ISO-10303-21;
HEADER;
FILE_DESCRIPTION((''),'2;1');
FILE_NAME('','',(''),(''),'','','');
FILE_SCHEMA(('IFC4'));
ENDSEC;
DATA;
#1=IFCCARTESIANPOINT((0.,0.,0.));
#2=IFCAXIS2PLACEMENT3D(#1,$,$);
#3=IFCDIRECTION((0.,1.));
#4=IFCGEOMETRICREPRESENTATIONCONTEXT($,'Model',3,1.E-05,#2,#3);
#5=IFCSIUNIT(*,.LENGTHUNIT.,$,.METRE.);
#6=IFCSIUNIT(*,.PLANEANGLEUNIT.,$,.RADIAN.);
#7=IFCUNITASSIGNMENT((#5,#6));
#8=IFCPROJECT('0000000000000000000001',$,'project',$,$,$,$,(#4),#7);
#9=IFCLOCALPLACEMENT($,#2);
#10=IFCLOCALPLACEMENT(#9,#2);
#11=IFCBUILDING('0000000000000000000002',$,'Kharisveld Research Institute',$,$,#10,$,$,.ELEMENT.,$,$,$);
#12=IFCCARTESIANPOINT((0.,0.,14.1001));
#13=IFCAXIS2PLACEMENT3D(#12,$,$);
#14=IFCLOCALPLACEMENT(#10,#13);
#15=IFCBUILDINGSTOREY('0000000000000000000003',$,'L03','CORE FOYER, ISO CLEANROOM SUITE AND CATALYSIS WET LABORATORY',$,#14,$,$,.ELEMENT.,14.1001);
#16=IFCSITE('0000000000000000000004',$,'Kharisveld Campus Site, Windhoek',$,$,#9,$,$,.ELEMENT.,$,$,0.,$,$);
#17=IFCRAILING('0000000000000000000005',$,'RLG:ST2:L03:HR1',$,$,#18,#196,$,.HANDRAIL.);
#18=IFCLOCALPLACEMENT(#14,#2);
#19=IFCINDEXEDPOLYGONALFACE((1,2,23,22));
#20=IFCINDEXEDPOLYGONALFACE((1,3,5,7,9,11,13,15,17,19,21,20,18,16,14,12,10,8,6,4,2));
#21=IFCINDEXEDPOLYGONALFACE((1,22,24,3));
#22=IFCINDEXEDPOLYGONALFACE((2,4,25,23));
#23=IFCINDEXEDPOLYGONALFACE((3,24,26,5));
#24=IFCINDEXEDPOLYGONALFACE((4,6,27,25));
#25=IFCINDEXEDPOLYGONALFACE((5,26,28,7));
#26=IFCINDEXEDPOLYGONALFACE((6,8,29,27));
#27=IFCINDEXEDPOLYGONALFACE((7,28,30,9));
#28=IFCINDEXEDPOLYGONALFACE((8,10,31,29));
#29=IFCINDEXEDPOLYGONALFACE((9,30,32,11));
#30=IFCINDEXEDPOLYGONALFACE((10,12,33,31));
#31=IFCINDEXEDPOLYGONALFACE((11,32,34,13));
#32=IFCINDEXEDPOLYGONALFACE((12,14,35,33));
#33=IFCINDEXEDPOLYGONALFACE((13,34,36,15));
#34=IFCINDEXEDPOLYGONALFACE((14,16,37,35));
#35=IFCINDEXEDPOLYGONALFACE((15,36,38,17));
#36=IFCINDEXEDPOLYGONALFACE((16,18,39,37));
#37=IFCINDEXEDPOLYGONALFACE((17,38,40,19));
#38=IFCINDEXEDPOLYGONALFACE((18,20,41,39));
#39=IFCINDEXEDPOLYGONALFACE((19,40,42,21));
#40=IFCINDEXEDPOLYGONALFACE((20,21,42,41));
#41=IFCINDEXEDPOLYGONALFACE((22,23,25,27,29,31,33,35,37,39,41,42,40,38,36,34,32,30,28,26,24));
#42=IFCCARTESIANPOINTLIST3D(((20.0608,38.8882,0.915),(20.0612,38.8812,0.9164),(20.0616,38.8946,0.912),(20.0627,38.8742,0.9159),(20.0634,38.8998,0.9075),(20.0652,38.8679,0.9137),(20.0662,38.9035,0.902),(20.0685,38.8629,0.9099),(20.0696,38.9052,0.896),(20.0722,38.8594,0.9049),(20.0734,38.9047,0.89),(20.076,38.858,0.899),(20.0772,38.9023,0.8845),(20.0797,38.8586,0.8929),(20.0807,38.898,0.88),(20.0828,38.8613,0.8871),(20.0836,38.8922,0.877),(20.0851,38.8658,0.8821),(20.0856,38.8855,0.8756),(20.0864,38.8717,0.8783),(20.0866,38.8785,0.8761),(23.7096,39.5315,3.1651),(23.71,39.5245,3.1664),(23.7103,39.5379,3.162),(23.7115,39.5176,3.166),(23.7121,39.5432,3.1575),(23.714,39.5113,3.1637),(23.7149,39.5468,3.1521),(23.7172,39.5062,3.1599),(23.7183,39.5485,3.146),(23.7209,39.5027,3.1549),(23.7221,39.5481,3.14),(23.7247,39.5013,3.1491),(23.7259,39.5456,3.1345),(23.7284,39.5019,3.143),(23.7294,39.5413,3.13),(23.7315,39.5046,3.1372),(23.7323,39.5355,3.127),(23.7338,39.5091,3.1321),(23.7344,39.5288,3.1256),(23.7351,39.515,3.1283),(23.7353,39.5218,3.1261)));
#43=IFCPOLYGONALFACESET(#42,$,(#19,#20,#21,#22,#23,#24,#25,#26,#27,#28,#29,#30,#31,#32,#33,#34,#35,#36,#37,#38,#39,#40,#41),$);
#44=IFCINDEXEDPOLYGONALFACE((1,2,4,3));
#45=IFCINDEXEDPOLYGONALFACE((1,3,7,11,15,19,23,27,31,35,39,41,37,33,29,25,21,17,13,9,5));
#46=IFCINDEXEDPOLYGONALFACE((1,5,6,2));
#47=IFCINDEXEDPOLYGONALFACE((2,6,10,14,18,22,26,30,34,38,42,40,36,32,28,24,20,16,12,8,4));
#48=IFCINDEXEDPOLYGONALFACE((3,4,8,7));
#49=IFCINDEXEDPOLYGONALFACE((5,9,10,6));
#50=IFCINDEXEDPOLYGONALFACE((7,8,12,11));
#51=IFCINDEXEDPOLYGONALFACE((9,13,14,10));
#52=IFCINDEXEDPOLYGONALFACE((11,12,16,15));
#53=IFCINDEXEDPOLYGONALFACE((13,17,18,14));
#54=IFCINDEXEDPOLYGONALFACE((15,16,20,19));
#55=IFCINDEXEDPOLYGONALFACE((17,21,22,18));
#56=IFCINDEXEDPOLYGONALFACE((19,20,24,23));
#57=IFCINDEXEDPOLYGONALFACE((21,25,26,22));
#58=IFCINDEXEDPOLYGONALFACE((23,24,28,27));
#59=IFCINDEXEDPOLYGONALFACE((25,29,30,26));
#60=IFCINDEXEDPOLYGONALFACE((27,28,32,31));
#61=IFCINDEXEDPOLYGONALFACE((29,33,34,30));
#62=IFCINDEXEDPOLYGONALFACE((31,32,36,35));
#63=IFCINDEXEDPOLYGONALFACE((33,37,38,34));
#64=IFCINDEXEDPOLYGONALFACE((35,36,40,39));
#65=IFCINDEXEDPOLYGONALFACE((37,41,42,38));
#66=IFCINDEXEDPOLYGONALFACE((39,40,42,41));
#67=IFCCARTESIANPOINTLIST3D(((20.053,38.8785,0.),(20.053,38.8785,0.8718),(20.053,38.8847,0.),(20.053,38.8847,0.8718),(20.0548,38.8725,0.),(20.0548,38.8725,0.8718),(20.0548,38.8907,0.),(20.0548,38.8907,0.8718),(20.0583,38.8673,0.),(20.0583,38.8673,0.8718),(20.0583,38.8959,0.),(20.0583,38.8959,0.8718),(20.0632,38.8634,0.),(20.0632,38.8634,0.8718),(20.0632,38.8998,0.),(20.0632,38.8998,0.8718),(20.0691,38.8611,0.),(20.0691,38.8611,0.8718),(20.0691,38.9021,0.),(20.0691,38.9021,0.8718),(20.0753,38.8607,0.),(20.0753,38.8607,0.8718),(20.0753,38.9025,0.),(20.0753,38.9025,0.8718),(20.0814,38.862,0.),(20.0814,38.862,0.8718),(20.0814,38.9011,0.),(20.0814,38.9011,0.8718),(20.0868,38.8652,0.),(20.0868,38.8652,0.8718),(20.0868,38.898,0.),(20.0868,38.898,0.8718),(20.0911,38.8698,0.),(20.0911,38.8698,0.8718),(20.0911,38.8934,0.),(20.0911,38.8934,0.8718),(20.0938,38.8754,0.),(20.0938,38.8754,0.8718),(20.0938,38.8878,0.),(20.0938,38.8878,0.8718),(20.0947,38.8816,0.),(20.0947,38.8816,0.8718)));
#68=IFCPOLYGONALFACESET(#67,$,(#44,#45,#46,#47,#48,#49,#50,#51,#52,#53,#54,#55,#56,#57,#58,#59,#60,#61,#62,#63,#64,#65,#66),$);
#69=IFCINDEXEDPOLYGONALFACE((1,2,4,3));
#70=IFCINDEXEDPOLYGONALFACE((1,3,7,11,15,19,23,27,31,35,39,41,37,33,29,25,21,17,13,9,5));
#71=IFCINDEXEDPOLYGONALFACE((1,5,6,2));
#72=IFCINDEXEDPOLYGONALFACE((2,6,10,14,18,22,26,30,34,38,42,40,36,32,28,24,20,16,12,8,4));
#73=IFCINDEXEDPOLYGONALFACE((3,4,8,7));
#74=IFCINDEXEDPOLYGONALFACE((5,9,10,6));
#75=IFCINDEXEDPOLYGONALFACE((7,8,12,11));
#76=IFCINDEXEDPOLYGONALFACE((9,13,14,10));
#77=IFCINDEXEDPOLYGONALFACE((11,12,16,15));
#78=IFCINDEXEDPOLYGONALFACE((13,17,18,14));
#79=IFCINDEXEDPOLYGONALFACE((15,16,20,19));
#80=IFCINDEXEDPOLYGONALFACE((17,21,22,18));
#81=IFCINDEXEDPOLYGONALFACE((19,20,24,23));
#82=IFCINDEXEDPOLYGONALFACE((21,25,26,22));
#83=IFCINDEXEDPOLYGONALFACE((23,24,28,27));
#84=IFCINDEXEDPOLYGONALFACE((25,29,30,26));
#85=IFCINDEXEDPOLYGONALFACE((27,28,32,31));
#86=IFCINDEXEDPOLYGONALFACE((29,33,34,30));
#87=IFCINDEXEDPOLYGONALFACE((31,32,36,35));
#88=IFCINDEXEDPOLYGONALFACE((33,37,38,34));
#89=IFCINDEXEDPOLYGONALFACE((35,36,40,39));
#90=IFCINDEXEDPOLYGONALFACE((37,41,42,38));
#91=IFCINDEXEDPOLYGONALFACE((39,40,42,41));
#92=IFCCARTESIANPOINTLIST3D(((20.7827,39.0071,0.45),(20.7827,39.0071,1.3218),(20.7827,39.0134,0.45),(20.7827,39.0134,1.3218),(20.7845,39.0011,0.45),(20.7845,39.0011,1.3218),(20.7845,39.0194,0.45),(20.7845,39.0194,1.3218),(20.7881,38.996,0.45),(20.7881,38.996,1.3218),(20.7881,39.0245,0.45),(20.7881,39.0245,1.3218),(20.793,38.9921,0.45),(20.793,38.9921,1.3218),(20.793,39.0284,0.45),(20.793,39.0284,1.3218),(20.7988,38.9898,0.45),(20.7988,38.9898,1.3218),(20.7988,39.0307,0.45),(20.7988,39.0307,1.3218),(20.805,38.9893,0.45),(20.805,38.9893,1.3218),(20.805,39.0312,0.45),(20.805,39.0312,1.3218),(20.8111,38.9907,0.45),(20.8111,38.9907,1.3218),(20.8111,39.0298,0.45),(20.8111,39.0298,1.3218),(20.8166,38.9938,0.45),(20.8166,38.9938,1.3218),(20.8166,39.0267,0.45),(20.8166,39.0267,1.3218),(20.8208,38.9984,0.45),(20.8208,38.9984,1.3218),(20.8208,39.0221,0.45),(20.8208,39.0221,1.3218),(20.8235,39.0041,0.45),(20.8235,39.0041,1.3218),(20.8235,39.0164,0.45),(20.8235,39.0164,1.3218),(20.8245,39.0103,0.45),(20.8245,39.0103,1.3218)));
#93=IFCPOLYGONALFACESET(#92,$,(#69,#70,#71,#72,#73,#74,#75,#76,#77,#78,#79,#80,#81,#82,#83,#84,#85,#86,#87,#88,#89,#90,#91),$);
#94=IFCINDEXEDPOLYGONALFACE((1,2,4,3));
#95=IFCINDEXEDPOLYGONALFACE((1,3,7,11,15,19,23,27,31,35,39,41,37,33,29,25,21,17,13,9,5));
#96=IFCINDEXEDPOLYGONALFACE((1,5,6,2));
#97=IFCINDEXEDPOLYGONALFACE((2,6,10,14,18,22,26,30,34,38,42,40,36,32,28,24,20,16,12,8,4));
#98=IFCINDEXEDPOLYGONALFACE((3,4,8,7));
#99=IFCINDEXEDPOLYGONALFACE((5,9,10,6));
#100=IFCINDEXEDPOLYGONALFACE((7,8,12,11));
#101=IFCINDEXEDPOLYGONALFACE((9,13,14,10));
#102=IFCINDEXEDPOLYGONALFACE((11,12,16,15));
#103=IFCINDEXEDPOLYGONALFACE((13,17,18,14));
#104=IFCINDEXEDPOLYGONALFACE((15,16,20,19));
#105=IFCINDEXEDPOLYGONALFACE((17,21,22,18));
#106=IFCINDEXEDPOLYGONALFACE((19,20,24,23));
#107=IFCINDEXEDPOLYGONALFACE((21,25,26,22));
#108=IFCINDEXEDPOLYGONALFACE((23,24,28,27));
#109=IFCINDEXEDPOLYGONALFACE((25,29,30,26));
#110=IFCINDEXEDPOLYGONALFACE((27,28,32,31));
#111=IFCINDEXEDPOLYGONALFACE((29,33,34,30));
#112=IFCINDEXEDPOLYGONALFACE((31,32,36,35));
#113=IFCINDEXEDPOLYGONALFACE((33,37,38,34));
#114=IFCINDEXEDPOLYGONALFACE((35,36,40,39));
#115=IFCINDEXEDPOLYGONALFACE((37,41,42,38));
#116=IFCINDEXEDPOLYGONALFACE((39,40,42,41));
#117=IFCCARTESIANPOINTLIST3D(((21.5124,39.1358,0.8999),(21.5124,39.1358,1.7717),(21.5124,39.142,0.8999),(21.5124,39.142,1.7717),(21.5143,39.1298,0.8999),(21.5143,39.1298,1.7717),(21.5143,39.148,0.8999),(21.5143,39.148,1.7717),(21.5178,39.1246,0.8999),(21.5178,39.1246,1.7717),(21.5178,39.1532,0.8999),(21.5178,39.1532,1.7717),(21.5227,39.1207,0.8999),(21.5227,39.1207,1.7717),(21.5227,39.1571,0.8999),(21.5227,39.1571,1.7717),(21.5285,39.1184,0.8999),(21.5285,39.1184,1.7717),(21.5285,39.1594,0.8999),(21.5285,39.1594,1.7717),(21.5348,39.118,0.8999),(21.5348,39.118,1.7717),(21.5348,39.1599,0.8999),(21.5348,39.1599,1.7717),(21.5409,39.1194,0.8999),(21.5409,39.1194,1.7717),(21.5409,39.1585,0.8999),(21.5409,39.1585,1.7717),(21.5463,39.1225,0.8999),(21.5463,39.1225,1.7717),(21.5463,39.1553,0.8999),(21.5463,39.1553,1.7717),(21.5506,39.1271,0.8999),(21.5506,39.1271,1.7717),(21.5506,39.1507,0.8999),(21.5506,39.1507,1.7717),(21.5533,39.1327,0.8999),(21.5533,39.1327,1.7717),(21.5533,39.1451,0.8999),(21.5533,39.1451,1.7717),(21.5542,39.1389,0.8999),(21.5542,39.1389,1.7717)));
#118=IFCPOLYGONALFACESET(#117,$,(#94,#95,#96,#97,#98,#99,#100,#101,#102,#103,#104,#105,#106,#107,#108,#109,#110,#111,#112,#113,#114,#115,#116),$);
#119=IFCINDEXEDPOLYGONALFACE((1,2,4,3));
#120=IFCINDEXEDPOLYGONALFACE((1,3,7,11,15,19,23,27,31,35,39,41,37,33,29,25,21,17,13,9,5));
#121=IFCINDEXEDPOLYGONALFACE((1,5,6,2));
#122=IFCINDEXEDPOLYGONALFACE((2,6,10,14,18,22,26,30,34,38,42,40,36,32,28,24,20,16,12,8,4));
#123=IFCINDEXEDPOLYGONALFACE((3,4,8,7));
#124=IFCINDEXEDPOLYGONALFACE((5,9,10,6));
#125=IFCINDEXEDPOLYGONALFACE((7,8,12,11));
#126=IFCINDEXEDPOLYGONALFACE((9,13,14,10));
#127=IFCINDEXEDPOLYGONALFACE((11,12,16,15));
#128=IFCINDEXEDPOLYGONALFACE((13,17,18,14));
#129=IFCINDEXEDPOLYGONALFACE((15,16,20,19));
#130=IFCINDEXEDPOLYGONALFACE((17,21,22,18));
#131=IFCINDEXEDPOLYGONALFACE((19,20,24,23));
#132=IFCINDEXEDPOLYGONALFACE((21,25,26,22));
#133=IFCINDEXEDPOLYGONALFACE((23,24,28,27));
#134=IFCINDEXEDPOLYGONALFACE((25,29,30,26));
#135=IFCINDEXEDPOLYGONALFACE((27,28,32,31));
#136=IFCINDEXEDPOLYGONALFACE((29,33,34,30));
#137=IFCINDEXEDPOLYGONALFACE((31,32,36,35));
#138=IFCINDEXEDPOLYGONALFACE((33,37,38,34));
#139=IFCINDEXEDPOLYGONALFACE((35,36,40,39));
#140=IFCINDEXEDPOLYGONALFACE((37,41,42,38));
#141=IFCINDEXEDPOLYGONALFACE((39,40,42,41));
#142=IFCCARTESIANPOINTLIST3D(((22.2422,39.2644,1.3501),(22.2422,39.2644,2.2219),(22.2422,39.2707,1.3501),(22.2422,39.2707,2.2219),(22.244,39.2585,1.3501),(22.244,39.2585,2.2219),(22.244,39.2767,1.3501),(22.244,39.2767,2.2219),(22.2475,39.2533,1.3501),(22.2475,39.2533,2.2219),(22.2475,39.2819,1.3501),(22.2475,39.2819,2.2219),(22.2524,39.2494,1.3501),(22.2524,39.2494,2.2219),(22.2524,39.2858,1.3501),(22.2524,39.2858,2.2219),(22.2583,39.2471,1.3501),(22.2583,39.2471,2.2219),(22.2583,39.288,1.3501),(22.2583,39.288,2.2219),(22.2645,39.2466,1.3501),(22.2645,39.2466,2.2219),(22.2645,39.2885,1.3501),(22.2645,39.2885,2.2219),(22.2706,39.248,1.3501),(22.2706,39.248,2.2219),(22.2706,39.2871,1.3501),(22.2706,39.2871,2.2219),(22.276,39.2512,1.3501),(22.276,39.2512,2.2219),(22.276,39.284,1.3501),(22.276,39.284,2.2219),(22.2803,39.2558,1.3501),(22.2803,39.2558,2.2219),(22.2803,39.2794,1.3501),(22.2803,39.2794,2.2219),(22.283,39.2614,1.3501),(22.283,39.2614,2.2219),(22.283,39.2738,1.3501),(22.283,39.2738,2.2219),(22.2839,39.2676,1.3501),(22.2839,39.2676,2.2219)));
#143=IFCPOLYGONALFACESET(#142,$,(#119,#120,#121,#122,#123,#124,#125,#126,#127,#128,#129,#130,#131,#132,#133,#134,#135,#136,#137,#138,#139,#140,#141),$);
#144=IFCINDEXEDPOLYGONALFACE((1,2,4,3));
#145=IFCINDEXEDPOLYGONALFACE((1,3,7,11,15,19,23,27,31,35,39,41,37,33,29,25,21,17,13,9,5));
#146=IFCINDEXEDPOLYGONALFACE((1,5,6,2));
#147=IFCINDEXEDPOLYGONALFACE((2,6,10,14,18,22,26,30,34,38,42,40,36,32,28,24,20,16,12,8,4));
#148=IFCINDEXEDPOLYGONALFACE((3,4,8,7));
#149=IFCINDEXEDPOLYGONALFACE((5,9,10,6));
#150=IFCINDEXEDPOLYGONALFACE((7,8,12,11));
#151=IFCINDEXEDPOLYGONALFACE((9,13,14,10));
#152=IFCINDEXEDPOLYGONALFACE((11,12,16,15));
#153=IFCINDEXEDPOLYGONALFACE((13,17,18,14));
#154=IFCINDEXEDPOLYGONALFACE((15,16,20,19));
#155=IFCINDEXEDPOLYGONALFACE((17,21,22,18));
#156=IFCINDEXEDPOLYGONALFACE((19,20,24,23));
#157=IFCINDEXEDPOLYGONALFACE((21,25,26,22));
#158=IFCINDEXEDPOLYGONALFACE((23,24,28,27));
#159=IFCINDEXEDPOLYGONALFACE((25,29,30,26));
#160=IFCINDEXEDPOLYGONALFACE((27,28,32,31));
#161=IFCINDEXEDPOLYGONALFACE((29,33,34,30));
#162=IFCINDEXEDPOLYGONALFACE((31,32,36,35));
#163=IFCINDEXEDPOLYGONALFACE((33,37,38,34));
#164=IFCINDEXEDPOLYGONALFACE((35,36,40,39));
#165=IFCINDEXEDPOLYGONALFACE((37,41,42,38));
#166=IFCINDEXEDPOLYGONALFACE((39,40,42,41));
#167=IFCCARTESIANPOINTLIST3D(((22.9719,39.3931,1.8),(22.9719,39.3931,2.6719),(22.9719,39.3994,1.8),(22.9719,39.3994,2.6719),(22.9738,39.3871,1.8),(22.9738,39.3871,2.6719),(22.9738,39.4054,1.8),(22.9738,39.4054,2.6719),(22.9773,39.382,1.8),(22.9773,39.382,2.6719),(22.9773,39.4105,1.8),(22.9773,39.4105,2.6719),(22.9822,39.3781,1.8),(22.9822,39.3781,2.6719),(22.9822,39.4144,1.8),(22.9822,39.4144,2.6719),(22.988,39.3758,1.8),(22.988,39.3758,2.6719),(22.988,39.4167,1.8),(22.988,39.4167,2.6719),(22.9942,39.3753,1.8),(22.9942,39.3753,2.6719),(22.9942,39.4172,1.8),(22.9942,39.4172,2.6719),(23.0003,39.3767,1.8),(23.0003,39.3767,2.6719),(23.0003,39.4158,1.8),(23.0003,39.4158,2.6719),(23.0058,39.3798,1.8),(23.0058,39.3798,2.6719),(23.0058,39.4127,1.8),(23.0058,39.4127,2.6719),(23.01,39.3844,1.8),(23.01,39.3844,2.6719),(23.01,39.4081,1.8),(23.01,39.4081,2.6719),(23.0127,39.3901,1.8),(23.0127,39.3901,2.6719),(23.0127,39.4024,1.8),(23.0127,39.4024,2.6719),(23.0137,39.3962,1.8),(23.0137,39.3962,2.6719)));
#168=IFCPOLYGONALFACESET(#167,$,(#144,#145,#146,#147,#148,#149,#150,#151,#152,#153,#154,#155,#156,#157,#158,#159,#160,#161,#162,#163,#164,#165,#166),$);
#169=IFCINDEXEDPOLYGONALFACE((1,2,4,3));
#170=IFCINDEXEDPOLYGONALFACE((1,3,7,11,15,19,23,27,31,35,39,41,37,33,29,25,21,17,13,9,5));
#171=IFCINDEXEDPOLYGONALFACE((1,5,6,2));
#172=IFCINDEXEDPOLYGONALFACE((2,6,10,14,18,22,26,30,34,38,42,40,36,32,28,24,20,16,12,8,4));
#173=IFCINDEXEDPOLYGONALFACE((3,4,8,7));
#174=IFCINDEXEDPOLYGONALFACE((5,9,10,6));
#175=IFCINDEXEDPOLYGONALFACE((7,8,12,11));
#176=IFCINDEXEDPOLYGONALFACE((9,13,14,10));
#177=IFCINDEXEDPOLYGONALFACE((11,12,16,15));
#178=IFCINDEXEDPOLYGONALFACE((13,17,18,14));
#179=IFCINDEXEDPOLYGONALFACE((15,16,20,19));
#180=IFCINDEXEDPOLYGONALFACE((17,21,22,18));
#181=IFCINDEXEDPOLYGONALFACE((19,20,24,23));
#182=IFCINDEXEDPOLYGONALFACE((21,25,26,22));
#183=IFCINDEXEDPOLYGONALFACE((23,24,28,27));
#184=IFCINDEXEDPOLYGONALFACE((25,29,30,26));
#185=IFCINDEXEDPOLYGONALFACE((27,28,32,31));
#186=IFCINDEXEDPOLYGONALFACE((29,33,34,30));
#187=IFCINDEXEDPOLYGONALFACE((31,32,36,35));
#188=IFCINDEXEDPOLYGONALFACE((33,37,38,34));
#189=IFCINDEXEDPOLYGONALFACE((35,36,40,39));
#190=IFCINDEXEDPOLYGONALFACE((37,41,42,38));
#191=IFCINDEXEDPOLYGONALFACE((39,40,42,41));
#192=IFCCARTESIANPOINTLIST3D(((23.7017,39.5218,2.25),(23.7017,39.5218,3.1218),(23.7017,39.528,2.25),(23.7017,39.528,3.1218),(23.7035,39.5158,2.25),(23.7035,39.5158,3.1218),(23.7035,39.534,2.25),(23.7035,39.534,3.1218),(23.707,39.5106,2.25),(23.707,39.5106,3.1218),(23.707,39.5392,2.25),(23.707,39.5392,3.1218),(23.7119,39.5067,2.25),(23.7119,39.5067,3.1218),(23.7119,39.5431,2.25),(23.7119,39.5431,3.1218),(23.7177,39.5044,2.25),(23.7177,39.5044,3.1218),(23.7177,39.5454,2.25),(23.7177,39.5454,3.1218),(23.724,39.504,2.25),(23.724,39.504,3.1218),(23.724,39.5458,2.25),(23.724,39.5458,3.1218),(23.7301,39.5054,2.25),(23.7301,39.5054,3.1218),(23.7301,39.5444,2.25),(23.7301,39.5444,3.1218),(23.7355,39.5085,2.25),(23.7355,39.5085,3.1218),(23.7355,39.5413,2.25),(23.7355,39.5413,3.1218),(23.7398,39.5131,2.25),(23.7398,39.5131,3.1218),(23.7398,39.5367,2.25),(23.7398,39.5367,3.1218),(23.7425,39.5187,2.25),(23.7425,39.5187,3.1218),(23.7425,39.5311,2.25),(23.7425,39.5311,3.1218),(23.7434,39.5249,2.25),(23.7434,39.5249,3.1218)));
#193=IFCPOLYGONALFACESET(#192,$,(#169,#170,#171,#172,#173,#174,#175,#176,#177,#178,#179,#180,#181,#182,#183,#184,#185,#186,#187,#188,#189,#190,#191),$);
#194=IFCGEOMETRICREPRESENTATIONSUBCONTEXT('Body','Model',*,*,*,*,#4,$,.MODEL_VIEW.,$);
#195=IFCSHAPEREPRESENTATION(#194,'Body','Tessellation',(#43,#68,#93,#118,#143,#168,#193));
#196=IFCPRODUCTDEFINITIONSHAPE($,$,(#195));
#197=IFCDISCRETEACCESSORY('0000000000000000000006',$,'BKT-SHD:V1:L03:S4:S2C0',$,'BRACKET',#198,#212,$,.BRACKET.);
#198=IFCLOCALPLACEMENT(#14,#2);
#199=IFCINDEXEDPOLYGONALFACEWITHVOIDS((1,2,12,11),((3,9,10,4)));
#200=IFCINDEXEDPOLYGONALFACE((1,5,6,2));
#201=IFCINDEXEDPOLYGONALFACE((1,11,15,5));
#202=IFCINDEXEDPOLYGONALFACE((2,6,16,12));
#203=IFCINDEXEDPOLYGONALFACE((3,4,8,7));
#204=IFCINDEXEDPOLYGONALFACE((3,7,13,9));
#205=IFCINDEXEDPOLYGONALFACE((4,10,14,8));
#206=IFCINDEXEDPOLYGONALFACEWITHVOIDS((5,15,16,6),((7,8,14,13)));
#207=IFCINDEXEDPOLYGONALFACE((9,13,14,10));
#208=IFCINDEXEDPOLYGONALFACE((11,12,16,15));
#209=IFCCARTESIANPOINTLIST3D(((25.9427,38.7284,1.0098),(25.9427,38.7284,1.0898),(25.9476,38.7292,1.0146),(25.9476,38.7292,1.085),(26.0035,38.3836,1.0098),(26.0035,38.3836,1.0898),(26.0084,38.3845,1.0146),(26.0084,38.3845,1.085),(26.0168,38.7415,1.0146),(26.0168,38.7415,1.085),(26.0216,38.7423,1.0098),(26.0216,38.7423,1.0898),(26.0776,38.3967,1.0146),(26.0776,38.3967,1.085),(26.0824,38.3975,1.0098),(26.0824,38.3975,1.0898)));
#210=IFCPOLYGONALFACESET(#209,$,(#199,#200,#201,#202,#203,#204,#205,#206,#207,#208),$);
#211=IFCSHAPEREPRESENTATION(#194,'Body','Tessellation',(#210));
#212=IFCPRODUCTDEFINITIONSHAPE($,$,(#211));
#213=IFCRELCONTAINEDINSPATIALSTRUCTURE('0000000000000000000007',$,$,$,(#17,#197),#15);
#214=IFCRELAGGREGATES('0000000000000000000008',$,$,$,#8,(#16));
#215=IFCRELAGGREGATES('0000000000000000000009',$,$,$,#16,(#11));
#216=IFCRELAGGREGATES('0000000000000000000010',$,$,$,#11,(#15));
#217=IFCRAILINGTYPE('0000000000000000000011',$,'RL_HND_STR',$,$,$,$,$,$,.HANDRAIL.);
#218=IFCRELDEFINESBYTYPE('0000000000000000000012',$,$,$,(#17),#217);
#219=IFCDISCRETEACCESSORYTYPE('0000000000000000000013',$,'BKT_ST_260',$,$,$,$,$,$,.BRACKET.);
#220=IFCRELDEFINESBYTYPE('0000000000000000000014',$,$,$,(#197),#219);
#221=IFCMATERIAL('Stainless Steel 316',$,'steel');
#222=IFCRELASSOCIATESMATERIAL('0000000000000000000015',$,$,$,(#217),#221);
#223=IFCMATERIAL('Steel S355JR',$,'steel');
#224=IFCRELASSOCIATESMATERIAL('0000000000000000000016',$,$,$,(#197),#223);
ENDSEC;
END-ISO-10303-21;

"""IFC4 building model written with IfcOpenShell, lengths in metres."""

from ifc_helpers import new_model, si_unit, direction, frame, origin, origin_2d, place, context, subcontext, project, spatial, hollow_rectangle, circle, extrude, material, type_object, element, save


model = new_model("IFC4")

# Units and contexts
model_context = context("Model", 3, precision=1e-05, world=origin(), true_north=direction((0.0, 1.0)))
body_context = subcontext(model_context, "Body", "Model", "MODEL_VIEW")
ifc_project = project(units=[si_unit("LENGTHUNIT", "METRE"), si_unit("PLANEANGLEUNIT", "RADIAN")], contexts=[model_context])

# Site, building, storey
site_placement = place(None, origin())
site = spatial("IfcSite", under=ifc_project, at=site_placement, Name="Kharisveld Campus Site, Windhoek", CompositionType="ELEMENT", RefElevation=0.0)
building_placement = place(site_placement, origin())
building = spatial("IfcBuilding", under=site, at=building_placement, Name="Kharisveld Research Institute", CompositionType="ELEMENT")
storey_placement = place(building_placement, frame((0.0, 0.0, 14.1001)))
storey = spatial("IfcBuildingStorey", under=building, at=storey_placement, Name="L03", Description="CORE FOYER, ISO CLEANROOM SUITE AND CATALYSIS WET LABORATORY", CompositionType="ELEMENT", Elevation=14.1001)

# Railing
ifc_material_1 = material(Name="Stainless Steel 316", Category="steel")
railing_type_1 = type_object("IfcRailingType", Name="RL_HND_STR", PredefinedType="HANDRAIL", material=ifc_material_1)
railing_1_placement = place(storey_placement, frame((20.0737, 38.8816, 0.0)))
element("IfcRailing", 1, at=railing_1_placement, inside=storey, type_object=railing_type_1, Name="RLG:ST2:L03:HR1", PredefinedType="HANDRAIL", context=body_context, shape_type="SweptSolid", body=[
    extrude(circle(Radius=0.0239, at=origin_2d()), frame((0.0, 0.0, 0.896), z_axis=(0.841747, 0.148411, 0.519073), x_axis=(-0.173635, 0.98481, 0.0)), (0.0, 0.0, 1.0), 4.3347),
    extrude(circle(Radius=0.021, at=origin_2d()), origin(), (0.0, 0.0, 1.0), 0.8718),
    extrude(circle(Radius=0.021, at=origin_2d()), frame((0.7297, 0.1287, 0.45)), (0.0, 0.0, 1.0), 0.8718),
    extrude(circle(Radius=0.021, at=origin_2d()), frame((1.4595, 0.2573, 0.8999)), (0.0, 0.0, 1.0), 0.8718),
    extrude(circle(Radius=0.021, at=origin_2d()), frame((2.1892, 0.386, 1.3501)), (0.0, 0.0, 1.0), 0.8718),
    extrude(circle(Radius=0.021, at=origin_2d()), frame((2.9189, 0.5146, 1.8)), (0.0, 0.0, 1.0), 0.8718),
    extrude(circle(Radius=0.021, at=origin_2d()), frame((3.6487, 0.6433, 2.25)), (0.0, 0.0, 1.0), 0.8718),
])

# Discrete accessory
ifc_material_2 = material(Name="Steel S355JR", Category="steel")
discrete_accessory_type = type_object("IfcDiscreteAccessoryType", Name="BKT_ST_260", PredefinedType="BRACKET")
discrete_accessory_placement = place(storey_placement, frame((25.9822, 38.7354, 1.0498), z_axis=(0.173666, -0.984805, 0.0), x_axis=(0.984805, 0.173666, 0.0)))
element("IfcDiscreteAccessory", 2, at=discrete_accessory_placement, inside=storey, type_object=discrete_accessory_type, material=ifc_material_2, Name="BKT-SHD:V1:L03:S4:S2C0", ObjectType="BRACKET", PredefinedType="BRACKET", context=body_context, shape_type="SweptSolid", body=[
    extrude(hollow_rectangle(XDim=0.0801, YDim=0.0801, WallThickness=0.0049, at=origin_2d()), origin(), (0.0, 0.0, 1.0), 0.3501),
])

save(model, "model.ifc")
